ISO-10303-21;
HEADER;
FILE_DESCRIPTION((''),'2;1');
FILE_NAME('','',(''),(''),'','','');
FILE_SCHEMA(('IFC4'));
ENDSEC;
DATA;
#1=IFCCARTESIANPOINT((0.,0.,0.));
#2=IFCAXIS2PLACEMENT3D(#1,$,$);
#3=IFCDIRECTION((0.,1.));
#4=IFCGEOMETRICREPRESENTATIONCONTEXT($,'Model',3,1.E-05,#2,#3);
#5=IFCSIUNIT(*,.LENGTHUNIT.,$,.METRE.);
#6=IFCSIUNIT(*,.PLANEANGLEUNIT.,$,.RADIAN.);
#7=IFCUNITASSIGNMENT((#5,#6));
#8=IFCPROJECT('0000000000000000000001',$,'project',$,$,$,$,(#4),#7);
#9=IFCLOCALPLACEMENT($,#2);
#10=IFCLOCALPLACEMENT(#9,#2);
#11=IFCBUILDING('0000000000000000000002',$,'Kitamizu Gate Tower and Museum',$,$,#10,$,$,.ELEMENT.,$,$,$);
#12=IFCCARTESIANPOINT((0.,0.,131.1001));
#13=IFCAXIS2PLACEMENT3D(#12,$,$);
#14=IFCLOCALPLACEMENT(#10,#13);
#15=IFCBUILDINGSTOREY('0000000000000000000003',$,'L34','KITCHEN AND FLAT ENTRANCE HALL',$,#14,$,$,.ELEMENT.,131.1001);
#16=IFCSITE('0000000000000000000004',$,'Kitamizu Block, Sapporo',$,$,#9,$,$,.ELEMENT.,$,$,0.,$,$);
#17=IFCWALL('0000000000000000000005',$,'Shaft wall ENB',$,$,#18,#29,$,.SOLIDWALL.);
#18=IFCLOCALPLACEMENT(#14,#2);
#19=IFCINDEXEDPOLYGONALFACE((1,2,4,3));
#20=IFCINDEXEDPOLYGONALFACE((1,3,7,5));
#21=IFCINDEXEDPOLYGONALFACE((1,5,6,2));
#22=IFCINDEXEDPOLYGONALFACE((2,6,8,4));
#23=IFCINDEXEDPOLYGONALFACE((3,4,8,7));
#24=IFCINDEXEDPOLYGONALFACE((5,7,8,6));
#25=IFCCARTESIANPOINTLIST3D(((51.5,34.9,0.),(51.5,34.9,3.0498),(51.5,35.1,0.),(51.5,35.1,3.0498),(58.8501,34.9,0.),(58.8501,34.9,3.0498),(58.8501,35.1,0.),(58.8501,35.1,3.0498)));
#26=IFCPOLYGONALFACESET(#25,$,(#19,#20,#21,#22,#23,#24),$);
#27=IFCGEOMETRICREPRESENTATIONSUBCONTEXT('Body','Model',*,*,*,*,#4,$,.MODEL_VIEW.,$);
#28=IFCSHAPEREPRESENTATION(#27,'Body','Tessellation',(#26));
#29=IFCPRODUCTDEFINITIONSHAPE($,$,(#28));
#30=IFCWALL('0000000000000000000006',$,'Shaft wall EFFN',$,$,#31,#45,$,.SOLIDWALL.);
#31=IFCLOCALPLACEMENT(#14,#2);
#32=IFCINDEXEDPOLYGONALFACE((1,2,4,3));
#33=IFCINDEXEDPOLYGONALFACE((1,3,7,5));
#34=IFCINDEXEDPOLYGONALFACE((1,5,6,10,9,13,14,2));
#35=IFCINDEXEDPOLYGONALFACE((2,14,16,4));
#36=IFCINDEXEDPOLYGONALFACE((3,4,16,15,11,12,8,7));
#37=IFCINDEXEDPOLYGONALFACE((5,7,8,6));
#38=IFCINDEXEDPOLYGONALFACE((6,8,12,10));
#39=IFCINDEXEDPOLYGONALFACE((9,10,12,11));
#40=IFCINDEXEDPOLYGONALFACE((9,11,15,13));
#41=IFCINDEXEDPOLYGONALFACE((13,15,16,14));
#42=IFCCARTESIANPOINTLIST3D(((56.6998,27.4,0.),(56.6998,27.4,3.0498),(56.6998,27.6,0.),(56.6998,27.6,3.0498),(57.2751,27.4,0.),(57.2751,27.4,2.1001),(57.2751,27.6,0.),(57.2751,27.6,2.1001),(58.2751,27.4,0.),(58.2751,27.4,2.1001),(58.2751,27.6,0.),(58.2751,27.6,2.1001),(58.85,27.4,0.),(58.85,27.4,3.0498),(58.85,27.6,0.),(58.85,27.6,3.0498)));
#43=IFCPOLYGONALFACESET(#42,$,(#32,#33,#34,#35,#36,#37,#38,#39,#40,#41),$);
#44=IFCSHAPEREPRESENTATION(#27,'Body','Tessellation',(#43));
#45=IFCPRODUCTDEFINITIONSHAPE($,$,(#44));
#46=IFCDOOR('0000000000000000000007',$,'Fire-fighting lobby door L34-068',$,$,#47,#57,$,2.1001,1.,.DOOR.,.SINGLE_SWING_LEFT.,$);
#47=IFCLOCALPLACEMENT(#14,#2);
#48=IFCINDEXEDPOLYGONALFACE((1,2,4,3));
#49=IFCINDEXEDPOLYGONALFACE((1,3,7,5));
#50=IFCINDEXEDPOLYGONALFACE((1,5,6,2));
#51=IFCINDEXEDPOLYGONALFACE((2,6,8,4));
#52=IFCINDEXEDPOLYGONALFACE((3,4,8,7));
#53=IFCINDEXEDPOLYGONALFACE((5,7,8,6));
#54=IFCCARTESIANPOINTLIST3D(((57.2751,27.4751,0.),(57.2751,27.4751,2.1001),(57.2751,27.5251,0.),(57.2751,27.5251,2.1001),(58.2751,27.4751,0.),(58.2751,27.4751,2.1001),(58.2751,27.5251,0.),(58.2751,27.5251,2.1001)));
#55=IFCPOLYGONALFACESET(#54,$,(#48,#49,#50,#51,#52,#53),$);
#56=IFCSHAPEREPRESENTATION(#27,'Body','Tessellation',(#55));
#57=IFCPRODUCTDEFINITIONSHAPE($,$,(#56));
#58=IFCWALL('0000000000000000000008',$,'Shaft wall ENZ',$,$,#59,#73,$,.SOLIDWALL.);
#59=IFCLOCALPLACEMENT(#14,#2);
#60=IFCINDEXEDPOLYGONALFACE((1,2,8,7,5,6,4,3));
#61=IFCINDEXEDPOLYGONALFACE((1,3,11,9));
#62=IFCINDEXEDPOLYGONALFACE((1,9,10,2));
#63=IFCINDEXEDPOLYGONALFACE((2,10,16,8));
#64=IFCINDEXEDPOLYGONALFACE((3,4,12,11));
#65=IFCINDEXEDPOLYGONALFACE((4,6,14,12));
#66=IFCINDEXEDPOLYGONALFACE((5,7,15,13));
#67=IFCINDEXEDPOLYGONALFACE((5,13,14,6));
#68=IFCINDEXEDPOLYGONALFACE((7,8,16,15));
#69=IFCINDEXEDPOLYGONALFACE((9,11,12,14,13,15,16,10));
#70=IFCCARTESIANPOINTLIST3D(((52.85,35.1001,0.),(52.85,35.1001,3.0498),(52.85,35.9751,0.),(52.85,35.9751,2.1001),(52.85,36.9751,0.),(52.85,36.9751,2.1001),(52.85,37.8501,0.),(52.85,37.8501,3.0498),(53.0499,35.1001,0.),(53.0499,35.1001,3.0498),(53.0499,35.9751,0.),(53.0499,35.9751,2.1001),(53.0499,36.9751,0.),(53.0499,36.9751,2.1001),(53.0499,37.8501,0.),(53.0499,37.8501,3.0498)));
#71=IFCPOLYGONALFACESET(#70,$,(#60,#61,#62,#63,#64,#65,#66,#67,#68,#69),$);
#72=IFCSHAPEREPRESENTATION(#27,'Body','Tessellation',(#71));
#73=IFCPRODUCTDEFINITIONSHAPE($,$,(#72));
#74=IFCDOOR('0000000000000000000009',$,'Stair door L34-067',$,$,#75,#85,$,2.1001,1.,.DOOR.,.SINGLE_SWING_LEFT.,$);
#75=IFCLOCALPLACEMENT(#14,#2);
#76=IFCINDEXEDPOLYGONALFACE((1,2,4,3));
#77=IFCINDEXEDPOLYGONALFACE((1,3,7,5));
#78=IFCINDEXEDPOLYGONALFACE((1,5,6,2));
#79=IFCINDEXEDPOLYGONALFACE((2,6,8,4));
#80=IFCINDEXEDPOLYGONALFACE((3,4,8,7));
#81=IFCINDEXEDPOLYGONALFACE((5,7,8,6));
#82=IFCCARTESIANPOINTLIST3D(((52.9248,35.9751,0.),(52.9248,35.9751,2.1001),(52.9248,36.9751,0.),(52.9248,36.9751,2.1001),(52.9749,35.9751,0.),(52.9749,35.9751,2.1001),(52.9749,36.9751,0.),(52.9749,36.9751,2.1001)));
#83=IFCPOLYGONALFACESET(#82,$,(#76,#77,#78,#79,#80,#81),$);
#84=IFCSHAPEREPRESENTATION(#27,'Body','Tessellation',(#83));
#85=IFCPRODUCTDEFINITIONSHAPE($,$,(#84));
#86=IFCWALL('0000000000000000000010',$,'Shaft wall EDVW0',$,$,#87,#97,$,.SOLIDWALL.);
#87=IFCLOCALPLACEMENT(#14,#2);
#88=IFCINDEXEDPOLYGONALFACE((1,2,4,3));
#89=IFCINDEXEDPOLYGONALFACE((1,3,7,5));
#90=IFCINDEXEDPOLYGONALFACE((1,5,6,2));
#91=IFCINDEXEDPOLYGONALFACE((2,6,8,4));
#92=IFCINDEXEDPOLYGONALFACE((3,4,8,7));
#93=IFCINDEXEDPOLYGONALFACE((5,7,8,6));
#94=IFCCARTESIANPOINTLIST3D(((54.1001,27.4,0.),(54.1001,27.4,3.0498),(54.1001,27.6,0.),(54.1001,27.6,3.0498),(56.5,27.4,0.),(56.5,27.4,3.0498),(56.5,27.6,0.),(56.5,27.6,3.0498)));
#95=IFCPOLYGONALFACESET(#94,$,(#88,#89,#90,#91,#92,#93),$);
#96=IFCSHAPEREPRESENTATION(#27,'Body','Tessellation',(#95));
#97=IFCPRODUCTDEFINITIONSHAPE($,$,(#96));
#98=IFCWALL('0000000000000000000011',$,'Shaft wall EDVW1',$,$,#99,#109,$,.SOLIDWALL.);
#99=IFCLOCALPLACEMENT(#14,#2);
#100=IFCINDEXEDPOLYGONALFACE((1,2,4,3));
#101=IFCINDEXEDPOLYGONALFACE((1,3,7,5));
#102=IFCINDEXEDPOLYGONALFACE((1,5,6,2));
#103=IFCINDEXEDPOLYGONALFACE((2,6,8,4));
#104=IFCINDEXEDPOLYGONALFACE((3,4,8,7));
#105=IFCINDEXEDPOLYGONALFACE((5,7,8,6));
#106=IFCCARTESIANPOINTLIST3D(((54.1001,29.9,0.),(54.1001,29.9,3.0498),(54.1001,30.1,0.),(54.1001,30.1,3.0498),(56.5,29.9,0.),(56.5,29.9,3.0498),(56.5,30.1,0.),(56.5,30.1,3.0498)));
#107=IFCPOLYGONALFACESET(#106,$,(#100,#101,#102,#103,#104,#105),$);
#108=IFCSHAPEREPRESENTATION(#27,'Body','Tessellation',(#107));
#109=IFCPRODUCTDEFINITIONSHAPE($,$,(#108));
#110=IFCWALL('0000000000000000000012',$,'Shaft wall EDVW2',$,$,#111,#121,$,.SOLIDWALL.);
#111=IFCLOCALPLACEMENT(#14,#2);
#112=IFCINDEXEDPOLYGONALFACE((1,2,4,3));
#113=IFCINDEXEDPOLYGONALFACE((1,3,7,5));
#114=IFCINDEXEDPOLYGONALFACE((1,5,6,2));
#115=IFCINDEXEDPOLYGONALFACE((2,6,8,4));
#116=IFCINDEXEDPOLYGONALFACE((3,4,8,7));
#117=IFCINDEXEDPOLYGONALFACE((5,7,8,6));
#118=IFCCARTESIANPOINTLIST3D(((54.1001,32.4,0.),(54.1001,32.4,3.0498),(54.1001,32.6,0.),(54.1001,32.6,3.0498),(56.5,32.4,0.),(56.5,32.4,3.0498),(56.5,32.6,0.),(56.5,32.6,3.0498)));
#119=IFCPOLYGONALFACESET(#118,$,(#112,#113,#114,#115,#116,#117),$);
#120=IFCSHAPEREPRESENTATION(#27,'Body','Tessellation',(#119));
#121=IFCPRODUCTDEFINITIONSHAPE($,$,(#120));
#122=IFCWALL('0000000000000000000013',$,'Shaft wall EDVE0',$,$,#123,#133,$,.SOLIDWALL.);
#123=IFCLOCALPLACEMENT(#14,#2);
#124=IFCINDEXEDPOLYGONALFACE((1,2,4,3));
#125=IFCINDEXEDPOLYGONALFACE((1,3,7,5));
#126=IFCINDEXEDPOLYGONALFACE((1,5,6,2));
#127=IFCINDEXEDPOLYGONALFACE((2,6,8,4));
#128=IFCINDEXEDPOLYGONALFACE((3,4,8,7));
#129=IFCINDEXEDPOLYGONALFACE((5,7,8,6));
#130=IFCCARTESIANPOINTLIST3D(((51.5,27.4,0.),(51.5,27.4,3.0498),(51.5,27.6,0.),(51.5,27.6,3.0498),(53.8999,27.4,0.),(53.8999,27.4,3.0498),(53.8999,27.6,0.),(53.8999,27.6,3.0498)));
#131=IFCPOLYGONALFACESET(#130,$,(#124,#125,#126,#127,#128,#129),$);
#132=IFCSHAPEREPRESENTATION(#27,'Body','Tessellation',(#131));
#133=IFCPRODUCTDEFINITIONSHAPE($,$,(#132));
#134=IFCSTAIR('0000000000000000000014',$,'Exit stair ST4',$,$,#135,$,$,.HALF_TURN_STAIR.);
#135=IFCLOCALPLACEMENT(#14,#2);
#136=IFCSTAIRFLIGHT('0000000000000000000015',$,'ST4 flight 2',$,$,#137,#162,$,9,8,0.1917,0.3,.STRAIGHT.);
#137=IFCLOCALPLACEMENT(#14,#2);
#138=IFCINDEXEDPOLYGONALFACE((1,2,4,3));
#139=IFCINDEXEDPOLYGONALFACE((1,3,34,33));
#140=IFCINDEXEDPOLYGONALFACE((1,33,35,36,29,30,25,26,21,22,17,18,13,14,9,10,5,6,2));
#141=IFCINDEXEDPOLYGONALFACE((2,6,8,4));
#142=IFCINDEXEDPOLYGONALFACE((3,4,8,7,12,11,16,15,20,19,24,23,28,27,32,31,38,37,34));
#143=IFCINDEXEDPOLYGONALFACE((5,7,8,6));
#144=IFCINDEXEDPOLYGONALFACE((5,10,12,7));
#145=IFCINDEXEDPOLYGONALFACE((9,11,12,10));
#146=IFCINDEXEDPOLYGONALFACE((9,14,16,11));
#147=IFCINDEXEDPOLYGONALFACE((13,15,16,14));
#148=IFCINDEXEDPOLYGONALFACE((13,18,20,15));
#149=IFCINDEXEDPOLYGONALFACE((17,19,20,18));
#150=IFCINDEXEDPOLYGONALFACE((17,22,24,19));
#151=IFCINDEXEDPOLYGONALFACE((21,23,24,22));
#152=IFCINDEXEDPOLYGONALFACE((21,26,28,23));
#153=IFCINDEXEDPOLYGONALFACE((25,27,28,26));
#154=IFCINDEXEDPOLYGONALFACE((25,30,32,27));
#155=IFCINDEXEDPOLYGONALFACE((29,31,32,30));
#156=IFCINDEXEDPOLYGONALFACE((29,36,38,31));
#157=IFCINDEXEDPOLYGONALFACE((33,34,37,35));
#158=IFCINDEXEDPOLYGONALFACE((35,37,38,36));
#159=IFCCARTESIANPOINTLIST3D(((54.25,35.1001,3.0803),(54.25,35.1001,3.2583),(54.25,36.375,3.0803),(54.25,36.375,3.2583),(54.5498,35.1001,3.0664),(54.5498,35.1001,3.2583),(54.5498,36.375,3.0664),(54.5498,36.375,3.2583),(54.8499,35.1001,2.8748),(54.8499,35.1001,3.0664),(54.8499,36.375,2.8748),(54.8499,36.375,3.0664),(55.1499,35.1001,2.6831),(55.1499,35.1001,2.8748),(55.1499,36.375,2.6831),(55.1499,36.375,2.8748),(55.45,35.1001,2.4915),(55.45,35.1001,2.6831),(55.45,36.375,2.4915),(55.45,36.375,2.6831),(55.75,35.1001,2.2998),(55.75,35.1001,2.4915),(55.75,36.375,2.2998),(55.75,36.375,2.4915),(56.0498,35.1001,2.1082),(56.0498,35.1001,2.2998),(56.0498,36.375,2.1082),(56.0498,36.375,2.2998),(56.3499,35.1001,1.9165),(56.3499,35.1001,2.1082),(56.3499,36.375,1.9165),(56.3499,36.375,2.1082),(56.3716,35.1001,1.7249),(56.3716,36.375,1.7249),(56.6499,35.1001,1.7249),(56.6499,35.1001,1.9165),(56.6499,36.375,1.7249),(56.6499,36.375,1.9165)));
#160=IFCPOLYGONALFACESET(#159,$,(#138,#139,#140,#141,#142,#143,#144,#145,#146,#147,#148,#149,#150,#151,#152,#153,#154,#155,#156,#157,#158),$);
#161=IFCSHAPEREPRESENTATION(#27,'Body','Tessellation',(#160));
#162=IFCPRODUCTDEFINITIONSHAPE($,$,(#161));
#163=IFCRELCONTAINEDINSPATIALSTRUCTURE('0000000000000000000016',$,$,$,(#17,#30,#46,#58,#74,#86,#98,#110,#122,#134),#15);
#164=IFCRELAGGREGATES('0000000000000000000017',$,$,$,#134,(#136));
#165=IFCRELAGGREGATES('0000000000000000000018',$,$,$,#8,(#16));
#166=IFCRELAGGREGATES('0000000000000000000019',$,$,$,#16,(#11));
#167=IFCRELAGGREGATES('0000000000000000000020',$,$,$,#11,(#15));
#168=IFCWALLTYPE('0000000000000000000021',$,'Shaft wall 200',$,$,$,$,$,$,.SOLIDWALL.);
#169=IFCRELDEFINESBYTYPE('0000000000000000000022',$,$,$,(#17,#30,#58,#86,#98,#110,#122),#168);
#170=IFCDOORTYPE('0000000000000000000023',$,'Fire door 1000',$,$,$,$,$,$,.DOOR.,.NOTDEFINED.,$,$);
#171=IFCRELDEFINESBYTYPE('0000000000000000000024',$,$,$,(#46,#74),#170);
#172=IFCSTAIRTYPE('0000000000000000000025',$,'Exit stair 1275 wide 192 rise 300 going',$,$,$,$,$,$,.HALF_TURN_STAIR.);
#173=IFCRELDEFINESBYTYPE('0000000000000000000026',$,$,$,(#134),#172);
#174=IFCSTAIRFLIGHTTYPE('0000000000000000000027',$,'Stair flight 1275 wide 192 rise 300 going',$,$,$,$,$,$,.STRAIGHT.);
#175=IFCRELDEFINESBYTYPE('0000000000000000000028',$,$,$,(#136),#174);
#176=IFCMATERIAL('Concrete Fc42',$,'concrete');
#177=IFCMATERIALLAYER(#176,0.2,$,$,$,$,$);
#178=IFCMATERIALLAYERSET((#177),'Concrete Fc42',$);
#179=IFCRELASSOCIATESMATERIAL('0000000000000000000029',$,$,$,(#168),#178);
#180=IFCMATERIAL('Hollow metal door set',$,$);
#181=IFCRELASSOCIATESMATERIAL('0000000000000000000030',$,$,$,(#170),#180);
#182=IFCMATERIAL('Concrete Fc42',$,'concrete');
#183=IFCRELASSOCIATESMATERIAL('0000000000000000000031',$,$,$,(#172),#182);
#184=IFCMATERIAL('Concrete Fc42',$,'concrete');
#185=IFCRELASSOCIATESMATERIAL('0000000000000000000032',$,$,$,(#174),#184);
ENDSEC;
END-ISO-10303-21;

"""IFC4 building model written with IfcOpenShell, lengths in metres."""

from ifc_helpers import new_model, si_unit, direction, frame, frame_2d, origin, place, context, subcontext, project, spatial, polyline, rectangle, outline, extrude, material, layer, layer_set, type_object, element, fill, aggregate, save


model = new_model("IFC4")

# Units and contexts
model_context = context("Model", 3, precision=1e-05, world=origin(), true_north=direction((0.0, 1.0)))
body_context = subcontext(model_context, "Body", "Model", "MODEL_VIEW")
ifc_project = project(units=[si_unit("LENGTHUNIT", "METRE"), si_unit("PLANEANGLEUNIT", "RADIAN")], contexts=[model_context])

# Site, building, storey
site_placement = place(None, origin())
site = spatial("IfcSite", under=ifc_project, at=site_placement, Name="Kitamizu Block, Sapporo", CompositionType="ELEMENT", RefElevation=0.0)
building_placement = place(site_placement, origin())
building = spatial("IfcBuilding", under=site, at=building_placement, Name="Kitamizu Gate Tower and Museum", CompositionType="ELEMENT")
storey_placement = place(building_placement, frame((0.0, 0.0, 131.1001)))
storey = spatial("IfcBuildingStorey", under=building, at=storey_placement, Name="L34", Description="KITCHEN AND FLAT ENTRANCE HALL", CompositionType="ELEMENT", Elevation=131.1001)

# Wall
ifc_material_1 = material(Name="Concrete Fc42", Category="concrete")
ifc_layer_1 = layer(ifc_material_1, 0.2)
ifc_layer_set_1 = layer_set([ifc_layer_1], Name="Concrete Fc42")
wall_type_1 = type_object("IfcWallType", Name="Shaft wall 200", PredefinedType="SOLIDWALL", material=ifc_layer_set_1)
wall_1_placement = place(storey_placement, frame((58.8501, 35.0, 0.0), z_axis=(0.0, 0.0, 1.0), x_axis=(-1.0, 0.0, 0.0)))
element("IfcWall", 1, at=wall_1_placement, inside=storey, type_object=wall_type_1, Name="Shaft wall ENB", PredefinedType="SOLIDWALL", context=body_context, shape_type="SweptSolid", body=[
    extrude(rectangle(XDim=7.3501, YDim=0.2, at=frame_2d((3.675, 0.0))), origin(), (0.0, 0.0, 1.0), 3.0498),
])

# Walls, openings, doors
wall_2_placement = place(storey_placement, frame((58.8501, 27.5, 0.0), z_axis=(0.0, 0.0, 1.0), x_axis=(-1.0, 0.0, 0.0)))
wall_2 = element("IfcWall", 2, at=wall_2_placement, inside=storey, type_object=wall_type_1, Name="Shaft wall EFFN", PredefinedType="SOLIDWALL", context=body_context, shape_type="SweptSolid", body=[
    extrude(rectangle(XDim=2.1501, YDim=0.2, at=frame_2d((1.0752, 0.0))), origin(), (0.0, 0.0, 1.0), 3.0498),
])
opening_1_placement = place(wall_2_placement, frame((0.575, 0.0, 0.0)))
opening_1 = element("IfcOpeningElement", 3, at=opening_1_placement, cuts=wall_2, PredefinedType="OPENING", context=body_context, shape_type="SweptSolid", body=[
    extrude(rectangle(XDim=1.0, YDim=2.1001, at=frame_2d((0.5, 1.05))), frame((0.0, 0.1099, 0.0), z_axis=(0.0, -1.0, 0.0), x_axis=(1.0, 0.0, 0.0)), (0.0, 0.0, 1.0), 0.22),
])
ifc_material_2 = material(Name="Hollow metal door set")
door_type_1 = type_object("IfcDoorType", Name="Fire door 1000", OperationType="NOTDEFINED", PredefinedType="DOOR", material=ifc_material_2)
door_1_placement = place(opening_1_placement, origin())
door_1 = element("IfcDoor", 4, at=door_1_placement, inside=storey, type_object=door_type_1, Name="Fire-fighting lobby door L34-068", OperationType="SINGLE_SWING_LEFT", OverallHeight=2.1001, OverallWidth=1.0, PredefinedType="DOOR", context=body_context, shape_type="SweptSolid", body=[
    extrude(rectangle(XDim=1.0, YDim=2.1001, at=frame_2d((0.5, 1.05))), frame((0.0, 0.0249, 0.0), z_axis=(0.0, -1.0, 0.0), x_axis=(1.0, 0.0, 0.0)), (0.0, 0.0, 1.0), 0.05),
])
fill(opening_1, door_1)
wall_3_placement = place(storey_placement, frame((52.95, 35.1001, 0.0), z_axis=(0.0, 0.0, 1.0), x_axis=(0.0, 1.0, 0.0)))
wall_3 = element("IfcWall", 5, at=wall_3_placement, inside=storey, type_object=wall_type_1, Name="Shaft wall ENZ", PredefinedType="SOLIDWALL", context=body_context, shape_type="SweptSolid", body=[
    extrude(rectangle(XDim=2.75, YDim=0.2, at=frame_2d((1.375, 0.0))), origin(), (0.0, 0.0, 1.0), 3.0498),
])
opening_2_placement = place(wall_3_placement, frame((0.875, 0.0, 0.0)))
opening_2 = element("IfcOpeningElement", 6, at=opening_2_placement, cuts=wall_3, PredefinedType="OPENING", context=body_context, shape_type="SweptSolid", body=[
    extrude(rectangle(XDim=1.0, YDim=2.1001, at=frame_2d((0.5, 1.05))), frame((0.0, 0.1099, 0.0), z_axis=(0.0, -1.0, 0.0), x_axis=(1.0, 0.0, 0.0)), (0.0, 0.0, 1.0), 0.22),
])
door_2_placement = place(opening_2_placement, frame((1.0, 0.0, 0.0), x_axis=(-1.0, 0.0, 0.0)))
door_2 = element("IfcDoor", 7, at=door_2_placement, inside=storey, type_object=door_type_1, Name="Stair door L34-067", OperationType="SINGLE_SWING_LEFT", OverallHeight=2.1001, OverallWidth=1.0, PredefinedType="DOOR", context=body_context, shape_type="SweptSolid", body=[
    extrude(rectangle(XDim=1.0, YDim=2.1001, at=frame_2d((0.5, 1.05))), frame((0.0, 0.0249, 0.0), z_axis=(0.0, -1.0, 0.0), x_axis=(1.0, 0.0, 0.0)), (0.0, 0.0, 1.0), 0.05),
])
fill(opening_2, door_2)

# Walls
for number, where, z_axis, x_axis, name in (
    (8, (56.5, 27.5, 0.0), (0.0, 0.0, 1.0), (-1.0, 0.0, 0.0), "Shaft wall EDVW0"),
    (9, (56.5, 30.0, 0.0), (0.0, 0.0, 1.0), (-1.0, 0.0, 0.0), "Shaft wall EDVW1"),
    (10, (56.5, 32.5, 0.0), (0.0, 0.0, 1.0), (-1.0, 0.0, 0.0), "Shaft wall EDVW2"),
    (11, (53.8999, 27.5, 0.0), (0.0, 0.0, 1.0), (-1.0, 0.0, 0.0), "Shaft wall EDVE0"),
):
    element("IfcWall", number, at=place(storey_placement, frame(where, z_axis=z_axis, x_axis=x_axis)), inside=storey, type_object=wall_type_1, Name=name, PredefinedType="SOLIDWALL", context=body_context, shape_type="SweptSolid", body=[
        extrude(rectangle(XDim=2.3999, YDim=0.2, at=frame_2d((1.2, 0.0))), origin(), (0.0, 0.0, 1.0), 3.0498),
    ])

# Stair, stair flight
ifc_material_3 = material(Name="Concrete Fc42", Category="concrete")
stair_type = type_object("IfcStairType", Name="Exit stair 1275 wide 192 rise 300 going", PredefinedType="HALF_TURN_STAIR", material=ifc_material_3)
stair_placement = place(storey_placement, origin())
stair = element("IfcStair", 12, at=stair_placement, inside=storey, type_object=stair_type, Name="Exit stair ST4", PredefinedType="HALF_TURN_STAIR")
ifc_material_4 = material(Name="Concrete Fc42", Category="concrete")
stair_flight_type = type_object("IfcStairFlightType", Name="Stair flight 1275 wide 192 rise 300 going", PredefinedType="STRAIGHT", material=ifc_material_4)
stair_flight_placement = place(storey_placement, frame((56.6499, 35.7375, 1.7249), z_axis=(0.0, 0.0, 1.0), x_axis=(-1.0, 0.0, 0.0)))
stair_flight = element("IfcStairFlight", 13, at=stair_flight_placement, type_object=stair_flight_type, Name="ST4 flight 2", NumberOfRisers=9, NumberOfTreads=8, PredefinedType="STRAIGHT", RiserHeight=0.1917, TreadLength=0.3, context=body_context, shape_type="SweptSolid", body=[
    extrude(outline(polyline([(0.0, 0.0), (0.0, 0.1917), (0.3, 0.1917), (0.3, 0.3833), (0.6001, 0.3833), (0.6001, 0.575), (0.8999, 0.575), (0.8999, 0.7666), (1.2, 0.7666), (1.2, 0.9583), (1.5, 0.9583), (1.5, 1.1499), (1.8, 1.1499), (1.8, 1.3416), (2.1001, 1.3416), (2.1001, 1.5334), (2.3999, 1.5334), (2.3999, 1.7251), (2.3999, 1.3555), (0.2783, 0.0), (0.0, 0.0)])), frame((0.0, 0.6375, 0.0), z_axis=(0.0, -1.0, 0.0), x_axis=(1.0, 0.0, 0.0)), (0.0, 0.0, 1.0), 1.2749),
])
aggregate(stair, [stair_flight])

save(model, "model.ifc")
